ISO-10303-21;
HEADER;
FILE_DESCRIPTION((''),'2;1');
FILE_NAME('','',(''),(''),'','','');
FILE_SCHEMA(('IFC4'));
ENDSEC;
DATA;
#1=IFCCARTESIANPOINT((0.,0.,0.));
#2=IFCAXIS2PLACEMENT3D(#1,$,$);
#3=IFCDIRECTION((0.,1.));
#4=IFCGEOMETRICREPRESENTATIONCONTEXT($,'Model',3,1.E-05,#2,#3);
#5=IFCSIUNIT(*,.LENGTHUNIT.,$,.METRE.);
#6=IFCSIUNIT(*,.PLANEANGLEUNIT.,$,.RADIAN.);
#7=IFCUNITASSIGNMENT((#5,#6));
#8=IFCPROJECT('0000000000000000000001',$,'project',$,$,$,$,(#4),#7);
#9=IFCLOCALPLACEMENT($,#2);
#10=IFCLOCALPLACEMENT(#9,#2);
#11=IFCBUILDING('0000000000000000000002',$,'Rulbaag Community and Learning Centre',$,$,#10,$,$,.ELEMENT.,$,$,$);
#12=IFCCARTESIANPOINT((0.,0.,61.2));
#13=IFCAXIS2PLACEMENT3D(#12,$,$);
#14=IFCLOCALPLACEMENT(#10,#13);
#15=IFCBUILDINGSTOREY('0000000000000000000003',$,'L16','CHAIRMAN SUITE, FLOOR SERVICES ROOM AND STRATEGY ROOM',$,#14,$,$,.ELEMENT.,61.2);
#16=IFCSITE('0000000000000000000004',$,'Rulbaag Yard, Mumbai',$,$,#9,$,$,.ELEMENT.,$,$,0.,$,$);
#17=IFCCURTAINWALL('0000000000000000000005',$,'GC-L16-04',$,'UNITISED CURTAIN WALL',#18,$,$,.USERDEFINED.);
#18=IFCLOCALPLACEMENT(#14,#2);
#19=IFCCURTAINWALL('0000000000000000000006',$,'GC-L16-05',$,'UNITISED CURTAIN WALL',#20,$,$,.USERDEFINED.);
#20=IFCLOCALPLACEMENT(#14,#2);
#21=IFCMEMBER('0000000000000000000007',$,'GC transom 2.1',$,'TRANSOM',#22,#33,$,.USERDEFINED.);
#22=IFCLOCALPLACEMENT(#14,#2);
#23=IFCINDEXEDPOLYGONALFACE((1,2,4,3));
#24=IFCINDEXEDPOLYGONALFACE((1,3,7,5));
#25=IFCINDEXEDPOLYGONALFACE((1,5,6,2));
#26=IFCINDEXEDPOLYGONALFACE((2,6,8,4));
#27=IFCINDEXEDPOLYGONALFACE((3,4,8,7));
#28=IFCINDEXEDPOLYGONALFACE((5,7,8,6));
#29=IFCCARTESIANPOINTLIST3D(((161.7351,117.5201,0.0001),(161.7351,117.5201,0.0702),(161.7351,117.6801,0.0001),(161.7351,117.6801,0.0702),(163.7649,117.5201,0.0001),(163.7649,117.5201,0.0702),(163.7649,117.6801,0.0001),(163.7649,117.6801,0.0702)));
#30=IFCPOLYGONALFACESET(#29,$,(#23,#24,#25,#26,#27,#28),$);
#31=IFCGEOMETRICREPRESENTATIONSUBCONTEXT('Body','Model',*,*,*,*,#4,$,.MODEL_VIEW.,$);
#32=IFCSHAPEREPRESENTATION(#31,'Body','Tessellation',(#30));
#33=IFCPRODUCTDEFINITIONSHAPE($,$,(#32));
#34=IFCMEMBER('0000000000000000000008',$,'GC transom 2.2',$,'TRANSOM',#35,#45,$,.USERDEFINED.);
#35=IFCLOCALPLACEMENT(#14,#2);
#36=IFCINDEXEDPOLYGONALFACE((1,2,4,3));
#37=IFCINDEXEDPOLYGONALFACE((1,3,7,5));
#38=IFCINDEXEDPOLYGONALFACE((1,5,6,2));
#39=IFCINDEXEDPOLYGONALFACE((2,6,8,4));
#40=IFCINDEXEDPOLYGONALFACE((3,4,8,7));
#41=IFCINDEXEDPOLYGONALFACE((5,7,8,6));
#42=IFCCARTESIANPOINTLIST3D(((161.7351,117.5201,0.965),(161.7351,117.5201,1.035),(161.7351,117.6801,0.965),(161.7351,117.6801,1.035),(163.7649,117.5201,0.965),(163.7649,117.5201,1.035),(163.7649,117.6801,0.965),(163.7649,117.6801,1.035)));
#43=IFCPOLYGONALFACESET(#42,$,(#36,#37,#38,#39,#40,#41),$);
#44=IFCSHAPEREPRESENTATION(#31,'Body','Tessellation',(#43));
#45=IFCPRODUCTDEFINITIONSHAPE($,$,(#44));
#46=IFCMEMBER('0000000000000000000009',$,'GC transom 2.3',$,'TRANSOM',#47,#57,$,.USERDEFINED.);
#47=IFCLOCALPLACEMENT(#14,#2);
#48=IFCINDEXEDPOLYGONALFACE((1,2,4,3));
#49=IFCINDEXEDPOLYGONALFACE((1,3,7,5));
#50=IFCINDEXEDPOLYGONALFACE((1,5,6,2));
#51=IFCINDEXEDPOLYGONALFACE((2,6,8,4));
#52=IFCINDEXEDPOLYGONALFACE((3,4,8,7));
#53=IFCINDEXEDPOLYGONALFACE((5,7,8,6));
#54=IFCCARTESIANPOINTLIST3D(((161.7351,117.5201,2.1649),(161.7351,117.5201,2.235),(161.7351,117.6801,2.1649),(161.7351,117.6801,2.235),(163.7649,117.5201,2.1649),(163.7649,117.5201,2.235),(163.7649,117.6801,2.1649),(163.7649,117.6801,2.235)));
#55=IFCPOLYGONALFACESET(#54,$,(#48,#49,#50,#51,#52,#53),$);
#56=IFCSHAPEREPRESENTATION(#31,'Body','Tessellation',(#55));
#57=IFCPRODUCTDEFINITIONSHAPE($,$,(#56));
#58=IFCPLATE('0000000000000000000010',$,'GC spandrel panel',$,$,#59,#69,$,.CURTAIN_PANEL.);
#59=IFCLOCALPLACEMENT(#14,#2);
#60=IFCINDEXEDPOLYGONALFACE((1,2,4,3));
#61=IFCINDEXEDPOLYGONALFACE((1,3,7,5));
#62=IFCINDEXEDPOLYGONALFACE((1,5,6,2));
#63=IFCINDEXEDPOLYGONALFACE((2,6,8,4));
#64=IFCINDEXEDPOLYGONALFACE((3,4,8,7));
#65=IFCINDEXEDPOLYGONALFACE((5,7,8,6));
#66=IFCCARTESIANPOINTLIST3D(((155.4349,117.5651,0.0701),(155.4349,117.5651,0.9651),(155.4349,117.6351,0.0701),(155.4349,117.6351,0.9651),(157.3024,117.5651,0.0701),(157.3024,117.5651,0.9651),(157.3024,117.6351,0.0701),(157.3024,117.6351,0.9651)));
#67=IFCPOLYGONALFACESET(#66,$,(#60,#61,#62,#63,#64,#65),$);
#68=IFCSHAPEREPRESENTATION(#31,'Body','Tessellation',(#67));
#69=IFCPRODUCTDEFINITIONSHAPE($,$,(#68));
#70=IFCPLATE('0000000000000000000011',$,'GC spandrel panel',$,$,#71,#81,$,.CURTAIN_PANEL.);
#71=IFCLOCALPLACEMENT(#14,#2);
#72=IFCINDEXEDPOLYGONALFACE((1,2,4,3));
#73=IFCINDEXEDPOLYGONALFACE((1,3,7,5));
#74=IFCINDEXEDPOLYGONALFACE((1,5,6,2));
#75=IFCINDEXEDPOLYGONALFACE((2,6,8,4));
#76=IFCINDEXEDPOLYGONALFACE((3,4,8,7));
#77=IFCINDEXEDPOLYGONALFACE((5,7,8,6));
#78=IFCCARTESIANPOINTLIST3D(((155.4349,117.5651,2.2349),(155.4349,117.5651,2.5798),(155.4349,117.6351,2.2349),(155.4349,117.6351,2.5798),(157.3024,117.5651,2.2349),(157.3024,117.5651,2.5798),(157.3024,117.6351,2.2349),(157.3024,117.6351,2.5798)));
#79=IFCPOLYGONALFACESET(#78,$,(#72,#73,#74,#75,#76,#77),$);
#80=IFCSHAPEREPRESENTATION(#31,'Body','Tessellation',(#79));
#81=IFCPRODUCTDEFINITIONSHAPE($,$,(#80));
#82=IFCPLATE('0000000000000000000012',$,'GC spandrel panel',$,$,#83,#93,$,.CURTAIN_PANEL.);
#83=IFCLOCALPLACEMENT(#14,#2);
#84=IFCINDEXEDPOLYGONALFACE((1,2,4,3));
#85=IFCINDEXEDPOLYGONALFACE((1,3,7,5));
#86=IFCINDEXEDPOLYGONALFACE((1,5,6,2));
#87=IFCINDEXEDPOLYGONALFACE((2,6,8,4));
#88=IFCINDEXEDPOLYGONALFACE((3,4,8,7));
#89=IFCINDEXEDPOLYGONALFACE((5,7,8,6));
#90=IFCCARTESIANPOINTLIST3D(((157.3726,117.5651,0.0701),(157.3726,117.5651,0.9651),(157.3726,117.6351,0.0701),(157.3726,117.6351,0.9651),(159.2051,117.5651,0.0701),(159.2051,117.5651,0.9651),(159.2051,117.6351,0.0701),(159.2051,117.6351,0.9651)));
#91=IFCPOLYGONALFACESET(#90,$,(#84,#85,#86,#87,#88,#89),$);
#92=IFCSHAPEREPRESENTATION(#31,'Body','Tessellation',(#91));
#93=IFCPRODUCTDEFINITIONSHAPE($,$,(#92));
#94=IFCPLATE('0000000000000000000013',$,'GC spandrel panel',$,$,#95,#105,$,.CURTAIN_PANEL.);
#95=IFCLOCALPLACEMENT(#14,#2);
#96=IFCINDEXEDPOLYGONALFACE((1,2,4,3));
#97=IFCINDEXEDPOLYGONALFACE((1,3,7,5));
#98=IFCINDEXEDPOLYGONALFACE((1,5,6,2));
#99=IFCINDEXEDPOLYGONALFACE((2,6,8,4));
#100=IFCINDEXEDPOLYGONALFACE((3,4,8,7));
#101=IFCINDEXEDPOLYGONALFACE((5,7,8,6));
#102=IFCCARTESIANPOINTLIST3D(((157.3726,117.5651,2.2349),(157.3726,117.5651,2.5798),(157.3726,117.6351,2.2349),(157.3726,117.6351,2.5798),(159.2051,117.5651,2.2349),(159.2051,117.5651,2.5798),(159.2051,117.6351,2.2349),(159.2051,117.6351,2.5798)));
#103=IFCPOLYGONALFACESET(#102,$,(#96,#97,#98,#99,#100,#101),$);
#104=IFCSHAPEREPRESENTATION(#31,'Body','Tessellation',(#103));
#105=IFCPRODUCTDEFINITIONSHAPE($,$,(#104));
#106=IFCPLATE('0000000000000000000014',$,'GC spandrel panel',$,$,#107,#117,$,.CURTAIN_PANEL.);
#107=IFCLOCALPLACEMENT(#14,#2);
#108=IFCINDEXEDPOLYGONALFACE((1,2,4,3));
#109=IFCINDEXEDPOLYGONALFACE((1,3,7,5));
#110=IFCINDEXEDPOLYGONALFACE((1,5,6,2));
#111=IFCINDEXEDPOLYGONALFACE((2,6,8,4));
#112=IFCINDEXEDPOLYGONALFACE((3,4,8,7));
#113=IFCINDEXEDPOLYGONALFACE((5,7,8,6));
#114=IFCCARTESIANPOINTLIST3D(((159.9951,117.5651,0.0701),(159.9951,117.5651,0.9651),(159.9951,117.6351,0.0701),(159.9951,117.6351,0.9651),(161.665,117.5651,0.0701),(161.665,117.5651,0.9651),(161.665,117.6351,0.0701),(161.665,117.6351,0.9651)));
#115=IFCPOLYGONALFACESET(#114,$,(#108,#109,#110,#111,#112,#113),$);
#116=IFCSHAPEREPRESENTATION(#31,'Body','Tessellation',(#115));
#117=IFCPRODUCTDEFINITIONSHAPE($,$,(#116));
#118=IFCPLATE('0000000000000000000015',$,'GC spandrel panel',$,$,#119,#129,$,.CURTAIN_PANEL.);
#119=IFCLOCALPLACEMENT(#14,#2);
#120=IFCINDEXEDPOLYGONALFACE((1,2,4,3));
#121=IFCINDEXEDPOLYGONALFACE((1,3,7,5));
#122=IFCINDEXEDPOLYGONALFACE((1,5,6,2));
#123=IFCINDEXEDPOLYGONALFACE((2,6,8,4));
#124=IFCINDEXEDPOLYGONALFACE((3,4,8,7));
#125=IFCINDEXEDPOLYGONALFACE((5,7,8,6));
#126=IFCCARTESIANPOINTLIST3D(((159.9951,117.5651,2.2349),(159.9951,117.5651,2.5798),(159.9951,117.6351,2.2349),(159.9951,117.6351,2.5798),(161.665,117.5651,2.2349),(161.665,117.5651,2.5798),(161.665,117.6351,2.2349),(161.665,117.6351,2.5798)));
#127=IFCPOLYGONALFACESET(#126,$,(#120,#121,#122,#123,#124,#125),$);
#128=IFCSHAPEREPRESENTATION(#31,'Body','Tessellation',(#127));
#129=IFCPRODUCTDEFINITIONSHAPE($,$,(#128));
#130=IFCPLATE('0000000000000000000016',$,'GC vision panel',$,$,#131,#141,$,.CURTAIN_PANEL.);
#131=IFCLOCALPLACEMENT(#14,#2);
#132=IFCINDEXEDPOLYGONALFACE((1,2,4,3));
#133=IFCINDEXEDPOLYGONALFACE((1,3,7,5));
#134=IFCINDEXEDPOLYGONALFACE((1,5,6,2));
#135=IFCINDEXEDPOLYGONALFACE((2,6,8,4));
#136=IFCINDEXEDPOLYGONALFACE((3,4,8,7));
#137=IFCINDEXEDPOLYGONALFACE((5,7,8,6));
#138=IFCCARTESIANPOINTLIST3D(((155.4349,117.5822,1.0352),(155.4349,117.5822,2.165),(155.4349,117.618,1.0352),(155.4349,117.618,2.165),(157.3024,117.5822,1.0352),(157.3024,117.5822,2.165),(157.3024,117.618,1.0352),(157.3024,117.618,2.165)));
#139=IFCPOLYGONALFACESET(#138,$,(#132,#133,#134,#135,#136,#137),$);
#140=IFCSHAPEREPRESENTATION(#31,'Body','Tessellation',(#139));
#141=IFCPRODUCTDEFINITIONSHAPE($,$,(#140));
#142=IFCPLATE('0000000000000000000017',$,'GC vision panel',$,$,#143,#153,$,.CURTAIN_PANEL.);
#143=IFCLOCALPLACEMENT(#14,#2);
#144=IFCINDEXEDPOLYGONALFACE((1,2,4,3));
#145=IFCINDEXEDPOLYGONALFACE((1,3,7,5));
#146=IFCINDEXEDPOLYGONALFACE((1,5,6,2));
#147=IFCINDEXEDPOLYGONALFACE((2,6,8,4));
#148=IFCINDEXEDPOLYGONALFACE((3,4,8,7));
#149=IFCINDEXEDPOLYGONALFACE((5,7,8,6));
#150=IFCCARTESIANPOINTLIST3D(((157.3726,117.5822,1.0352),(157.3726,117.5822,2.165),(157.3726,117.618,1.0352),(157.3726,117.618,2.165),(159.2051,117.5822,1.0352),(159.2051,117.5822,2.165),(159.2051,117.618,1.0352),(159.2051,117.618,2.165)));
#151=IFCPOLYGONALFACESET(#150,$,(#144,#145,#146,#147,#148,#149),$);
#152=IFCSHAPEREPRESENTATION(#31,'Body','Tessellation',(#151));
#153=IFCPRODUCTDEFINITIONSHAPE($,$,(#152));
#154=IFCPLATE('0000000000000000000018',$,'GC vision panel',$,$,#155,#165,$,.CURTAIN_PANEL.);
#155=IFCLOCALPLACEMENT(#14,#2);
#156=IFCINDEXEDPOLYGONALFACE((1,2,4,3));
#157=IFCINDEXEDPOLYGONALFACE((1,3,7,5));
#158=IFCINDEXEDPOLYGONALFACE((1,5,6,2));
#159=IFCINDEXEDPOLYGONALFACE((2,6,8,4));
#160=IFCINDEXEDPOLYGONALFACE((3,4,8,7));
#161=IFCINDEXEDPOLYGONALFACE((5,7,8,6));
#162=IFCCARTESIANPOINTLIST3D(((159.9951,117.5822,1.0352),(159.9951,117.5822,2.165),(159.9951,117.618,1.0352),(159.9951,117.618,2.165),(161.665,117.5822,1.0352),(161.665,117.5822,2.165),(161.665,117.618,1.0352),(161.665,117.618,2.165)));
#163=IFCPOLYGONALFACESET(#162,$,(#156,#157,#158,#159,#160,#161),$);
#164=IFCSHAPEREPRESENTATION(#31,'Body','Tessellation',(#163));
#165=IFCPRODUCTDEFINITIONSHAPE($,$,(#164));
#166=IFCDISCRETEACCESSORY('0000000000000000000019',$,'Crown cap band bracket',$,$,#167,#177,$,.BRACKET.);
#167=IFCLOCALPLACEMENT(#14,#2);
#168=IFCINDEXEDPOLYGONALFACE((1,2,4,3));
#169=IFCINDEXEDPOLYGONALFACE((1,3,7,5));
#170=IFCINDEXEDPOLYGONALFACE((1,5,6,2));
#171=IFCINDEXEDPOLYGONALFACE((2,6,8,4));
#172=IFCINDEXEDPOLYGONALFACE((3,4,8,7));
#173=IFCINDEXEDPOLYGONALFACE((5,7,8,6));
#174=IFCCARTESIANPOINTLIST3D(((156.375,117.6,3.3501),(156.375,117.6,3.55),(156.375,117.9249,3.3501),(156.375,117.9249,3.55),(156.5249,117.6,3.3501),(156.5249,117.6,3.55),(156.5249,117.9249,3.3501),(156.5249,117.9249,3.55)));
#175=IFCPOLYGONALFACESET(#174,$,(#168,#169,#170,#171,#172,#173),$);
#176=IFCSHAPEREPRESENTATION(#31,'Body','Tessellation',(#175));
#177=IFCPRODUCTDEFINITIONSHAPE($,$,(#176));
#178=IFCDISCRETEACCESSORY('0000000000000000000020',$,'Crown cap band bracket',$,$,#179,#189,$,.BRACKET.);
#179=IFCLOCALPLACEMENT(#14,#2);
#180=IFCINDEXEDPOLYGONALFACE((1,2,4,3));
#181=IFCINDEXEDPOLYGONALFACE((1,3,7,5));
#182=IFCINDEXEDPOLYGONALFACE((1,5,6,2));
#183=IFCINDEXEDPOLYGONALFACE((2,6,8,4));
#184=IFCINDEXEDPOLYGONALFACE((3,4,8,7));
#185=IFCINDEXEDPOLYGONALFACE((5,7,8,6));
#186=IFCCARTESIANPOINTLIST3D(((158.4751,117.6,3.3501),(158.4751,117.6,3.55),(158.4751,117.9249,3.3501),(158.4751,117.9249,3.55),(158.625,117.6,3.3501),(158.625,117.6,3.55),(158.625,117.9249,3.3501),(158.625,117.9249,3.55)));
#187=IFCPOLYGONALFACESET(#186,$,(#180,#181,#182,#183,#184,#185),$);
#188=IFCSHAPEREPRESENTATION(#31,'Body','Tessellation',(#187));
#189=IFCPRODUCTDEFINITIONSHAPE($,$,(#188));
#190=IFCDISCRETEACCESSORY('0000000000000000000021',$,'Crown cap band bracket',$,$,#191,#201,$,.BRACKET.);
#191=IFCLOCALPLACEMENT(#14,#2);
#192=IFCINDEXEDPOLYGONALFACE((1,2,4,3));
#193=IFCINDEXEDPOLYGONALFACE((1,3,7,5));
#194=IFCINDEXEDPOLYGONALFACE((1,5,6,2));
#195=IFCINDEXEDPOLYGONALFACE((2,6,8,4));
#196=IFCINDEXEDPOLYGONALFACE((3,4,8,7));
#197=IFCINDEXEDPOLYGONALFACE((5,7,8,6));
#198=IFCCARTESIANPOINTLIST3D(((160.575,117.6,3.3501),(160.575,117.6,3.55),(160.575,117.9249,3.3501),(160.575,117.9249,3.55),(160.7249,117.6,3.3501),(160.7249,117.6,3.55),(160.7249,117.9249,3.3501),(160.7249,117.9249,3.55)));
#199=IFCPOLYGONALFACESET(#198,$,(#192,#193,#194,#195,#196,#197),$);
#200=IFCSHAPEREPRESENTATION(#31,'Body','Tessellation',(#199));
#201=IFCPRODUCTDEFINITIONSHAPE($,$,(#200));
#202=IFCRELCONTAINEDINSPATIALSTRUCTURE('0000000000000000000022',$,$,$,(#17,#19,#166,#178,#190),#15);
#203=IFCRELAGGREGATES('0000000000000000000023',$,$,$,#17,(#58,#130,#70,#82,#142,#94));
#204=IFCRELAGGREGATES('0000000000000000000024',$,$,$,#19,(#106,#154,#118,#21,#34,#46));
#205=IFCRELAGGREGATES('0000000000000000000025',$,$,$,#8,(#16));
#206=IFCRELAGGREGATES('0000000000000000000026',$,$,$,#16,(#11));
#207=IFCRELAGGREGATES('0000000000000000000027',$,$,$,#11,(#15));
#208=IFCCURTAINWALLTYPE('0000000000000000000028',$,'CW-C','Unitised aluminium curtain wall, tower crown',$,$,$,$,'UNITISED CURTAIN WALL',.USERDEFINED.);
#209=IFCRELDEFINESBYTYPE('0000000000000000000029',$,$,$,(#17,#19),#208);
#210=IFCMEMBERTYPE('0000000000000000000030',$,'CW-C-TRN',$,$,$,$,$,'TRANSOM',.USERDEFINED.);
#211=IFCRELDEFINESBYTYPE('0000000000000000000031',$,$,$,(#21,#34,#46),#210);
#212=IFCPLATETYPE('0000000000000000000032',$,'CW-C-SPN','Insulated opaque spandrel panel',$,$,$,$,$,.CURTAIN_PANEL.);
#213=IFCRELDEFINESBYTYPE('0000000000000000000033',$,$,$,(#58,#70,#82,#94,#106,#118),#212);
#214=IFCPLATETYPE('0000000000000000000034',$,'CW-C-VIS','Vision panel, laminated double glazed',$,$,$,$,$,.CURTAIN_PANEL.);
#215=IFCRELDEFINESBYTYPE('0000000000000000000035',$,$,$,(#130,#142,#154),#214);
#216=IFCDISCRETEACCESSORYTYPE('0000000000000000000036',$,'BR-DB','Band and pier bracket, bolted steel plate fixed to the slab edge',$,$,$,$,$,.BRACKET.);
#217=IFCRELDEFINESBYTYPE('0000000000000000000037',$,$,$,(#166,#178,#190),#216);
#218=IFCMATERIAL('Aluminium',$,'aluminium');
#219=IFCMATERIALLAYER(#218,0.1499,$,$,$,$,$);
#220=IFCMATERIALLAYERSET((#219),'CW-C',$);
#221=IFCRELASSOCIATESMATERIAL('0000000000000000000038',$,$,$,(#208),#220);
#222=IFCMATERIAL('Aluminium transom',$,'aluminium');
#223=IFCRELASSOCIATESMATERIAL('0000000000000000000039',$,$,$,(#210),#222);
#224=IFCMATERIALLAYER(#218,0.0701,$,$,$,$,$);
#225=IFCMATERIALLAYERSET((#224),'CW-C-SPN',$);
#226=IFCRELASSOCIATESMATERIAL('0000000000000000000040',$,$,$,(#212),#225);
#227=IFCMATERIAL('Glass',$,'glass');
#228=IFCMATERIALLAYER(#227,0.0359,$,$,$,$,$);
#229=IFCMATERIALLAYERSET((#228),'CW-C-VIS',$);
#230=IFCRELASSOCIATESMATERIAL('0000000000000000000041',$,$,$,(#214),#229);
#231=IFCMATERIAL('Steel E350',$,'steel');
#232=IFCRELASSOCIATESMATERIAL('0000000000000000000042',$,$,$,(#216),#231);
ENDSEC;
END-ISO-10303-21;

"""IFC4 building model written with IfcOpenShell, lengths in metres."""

from ifc_helpers import new_model, si_unit, direction, frame, origin, origin_2d, place, context, subcontext, project, spatial, rectangle, extrude, material, layer, layer_set, material_profile, profile_set, type_object, element, aggregate, save


model = new_model("IFC4")

# Units and contexts
model_context = context("Model", 3, precision=1e-05, world=origin(), true_north=direction((0.0, 1.0)))
body_context = subcontext(model_context, "Body", "Model", "MODEL_VIEW")
ifc_project = project(units=[si_unit("LENGTHUNIT", "METRE"), si_unit("PLANEANGLEUNIT", "RADIAN")], contexts=[model_context])

# Site, building, storey
site_placement = place(None, origin())
site = spatial("IfcSite", under=ifc_project, at=site_placement, Name="Rulbaag Yard, Mumbai", CompositionType="ELEMENT", RefElevation=0.0)
building_placement = place(site_placement, origin())
building = spatial("IfcBuilding", under=site, at=building_placement, Name="Rulbaag Community and Learning Centre", CompositionType="ELEMENT")
storey_placement = place(building_placement, frame((0.0, 0.0, 61.2)))
storey = spatial("IfcBuildingStorey", under=building, at=storey_placement, Name="L16", Description="CHAIRMAN SUITE, FLOOR SERVICES ROOM AND STRATEGY ROOM", CompositionType="ELEMENT", Elevation=61.2)

# Curtain walls
ifc_material_1 = material(Name="Aluminium", Category="aluminium")
ifc_layer_1 = layer(ifc_material_1, 0.1499)
ifc_layer_set_1 = layer_set([ifc_layer_1], Name="CW-C")
curtain_wall_type = type_object("IfcCurtainWallType", Name="CW-C", Description="Unitised aluminium curtain wall, tower crown", ElementType="UNITISED CURTAIN WALL", PredefinedType="USERDEFINED", material=ifc_layer_set_1)
curtain_wall_1_placement = place(storey_placement, origin())
curtain_wall_1 = element("IfcCurtainWall", 1, at=curtain_wall_1_placement, inside=storey, type_object=curtain_wall_type, Name="GC-L16-04", ObjectType="UNITISED CURTAIN WALL", PredefinedType="USERDEFINED")
curtain_wall_2_placement = place(storey_placement, origin())
curtain_wall_2 = element("IfcCurtainWall", 2, at=curtain_wall_2_placement, inside=storey, type_object=curtain_wall_type, Name="GC-L16-05", ObjectType="UNITISED CURTAIN WALL", PredefinedType="USERDEFINED")

# Members
ifc_material_2 = material(Name="Aluminium transom", Category="aluminium")
ifc_material_profile_1 = material_profile(ifc_material_2, rectangle(XDim=0.1599, YDim=0.0701, at=origin_2d()), Name="AL 70x160 T")
ifc_profile_set_1 = profile_set([ifc_material_profile_1], Name="Aluminium transom")
member_type_1 = type_object("IfcMemberType", Name="CW-C-TRN", ElementType="TRANSOM", PredefinedType="USERDEFINED", material=ifc_profile_set_1)
member_1_placement = place(storey_placement, frame((161.7351, 117.6001, 0.0352), z_axis=(1.0, 0.0, 0.0), x_axis=(0.0, 1.0, 0.0)))
member_1 = element("IfcMember", 3, at=member_1_placement, type_object=member_type_1, Name="GC transom 2.1", ObjectType="TRANSOM", PredefinedType="USERDEFINED", context=body_context, shape_type="SweptSolid", body=[
    extrude(rectangle(XDim=0.1599, YDim=0.0701, at=origin_2d()), origin(), (0.0, 0.0, 1.0), 2.0298),
])
member_2_placement = place(storey_placement, frame((161.7351, 117.6001, 1.0), z_axis=(1.0, 0.0, 0.0), x_axis=(0.0, 1.0, 0.0)))
member_2 = element("IfcMember", 4, at=member_2_placement, type_object=member_type_1, Name="GC transom 2.2", ObjectType="TRANSOM", PredefinedType="USERDEFINED", context=body_context, shape_type="SweptSolid", body=[
    extrude(rectangle(XDim=0.1599, YDim=0.0701, at=origin_2d()), origin(), (0.0, 0.0, 1.0), 2.0298),
])
member_3_placement = place(storey_placement, frame((161.7351, 117.6001, 2.2), z_axis=(1.0, 0.0, 0.0), x_axis=(0.0, 1.0, 0.0)))
member_3 = element("IfcMember", 5, at=member_3_placement, type_object=member_type_1, Name="GC transom 2.3", ObjectType="TRANSOM", PredefinedType="USERDEFINED", context=body_context, shape_type="SweptSolid", body=[
    extrude(rectangle(XDim=0.1599, YDim=0.0701, at=origin_2d()), origin(), (0.0, 0.0, 1.0), 2.0298),
])

# Plates
ifc_layer_2 = layer(ifc_material_1, 0.0701)
ifc_layer_set_2 = layer_set([ifc_layer_2], Name="CW-C-SPN")
plate_type_1 = type_object("IfcPlateType", Name="CW-C-SPN", Description="Insulated opaque spandrel panel", PredefinedType="CURTAIN_PANEL", material=ifc_layer_set_2)
plate_1_placement = place(storey_placement, frame((156.3687, 117.6001, 0.0701), z_axis=(0.0, 0.0, 1.0), x_axis=(1.0, 0.0, 0.0)))
plate_1 = element("IfcPlate", 6, at=plate_1_placement, type_object=plate_type_1, Name="GC spandrel panel", PredefinedType="CURTAIN_PANEL", context=body_context, shape_type="SweptSolid", body=[
    extrude(rectangle(XDim=1.8674, YDim=0.0701, at=origin_2d()), origin(), (0.0, 0.0, 1.0), 0.895),
])
plate_2_placement = place(storey_placement, frame((156.3687, 117.6001, 2.2349), z_axis=(0.0, 0.0, 1.0), x_axis=(1.0, 0.0, 0.0)))
plate_2 = element("IfcPlate", 7, at=plate_2_placement, type_object=plate_type_1, Name="GC spandrel panel", PredefinedType="CURTAIN_PANEL", context=body_context, shape_type="SweptSolid", body=[
    extrude(rectangle(XDim=1.8674, YDim=0.0701, at=origin_2d()), origin(), (0.0, 0.0, 1.0), 0.345),
])
plate_3_placement = place(storey_placement, frame((158.2888, 117.6001, 0.0701), z_axis=(0.0, 0.0, 1.0), x_axis=(1.0, 0.0, 0.0)))
plate_3 = element("IfcPlate", 8, at=plate_3_placement, type_object=plate_type_1, Name="GC spandrel panel", PredefinedType="CURTAIN_PANEL", context=body_context, shape_type="SweptSolid", body=[
    extrude(rectangle(XDim=1.8325, YDim=0.0701, at=origin_2d()), origin(), (0.0, 0.0, 1.0), 0.895),
])
plate_4_placement = place(storey_placement, frame((158.2888, 117.6001, 2.2349), z_axis=(0.0, 0.0, 1.0), x_axis=(1.0, 0.0, 0.0)))
plate_4 = element("IfcPlate", 9, at=plate_4_placement, type_object=plate_type_1, Name="GC spandrel panel", PredefinedType="CURTAIN_PANEL", context=body_context, shape_type="SweptSolid", body=[
    extrude(rectangle(XDim=1.8325, YDim=0.0701, at=origin_2d()), origin(), (0.0, 0.0, 1.0), 0.345),
])
plate_5_placement = place(storey_placement, frame((160.8301, 117.6001, 0.0701), z_axis=(0.0, 0.0, 1.0), x_axis=(1.0, 0.0, 0.0)))
plate_5 = element("IfcPlate", 10, at=plate_5_placement, type_object=plate_type_1, Name="GC spandrel panel", PredefinedType="CURTAIN_PANEL", context=body_context, shape_type="SweptSolid", body=[
    extrude(rectangle(XDim=1.6699, YDim=0.0701, at=origin_2d()), origin(), (0.0, 0.0, 1.0), 0.895),
])
plate_6_placement = place(storey_placement, frame((160.8301, 117.6001, 2.2349), z_axis=(0.0, 0.0, 1.0), x_axis=(1.0, 0.0, 0.0)))
plate_6 = element("IfcPlate", 11, at=plate_6_placement, type_object=plate_type_1, Name="GC spandrel panel", PredefinedType="CURTAIN_PANEL", context=body_context, shape_type="SweptSolid", body=[
    extrude(rectangle(XDim=1.6699, YDim=0.0701, at=origin_2d()), origin(), (0.0, 0.0, 1.0), 0.345),
])
ifc_material_3 = material(Name="Glass", Category="glass")
ifc_layer_3 = layer(ifc_material_3, 0.0359)
ifc_layer_set_3 = layer_set([ifc_layer_3], Name="CW-C-VIS")
plate_type_2 = type_object("IfcPlateType", Name="CW-C-VIS", Description="Vision panel, laminated double glazed", PredefinedType="CURTAIN_PANEL", material=ifc_layer_set_3)
plate_7_placement = place(storey_placement, frame((156.3687, 117.6001, 1.0352), z_axis=(0.0, 0.0, 1.0), x_axis=(1.0, 0.0, 0.0)))
plate_7 = element("IfcPlate", 12, at=plate_7_placement, type_object=plate_type_2, Name="GC vision panel", PredefinedType="CURTAIN_PANEL", context=body_context, shape_type="SweptSolid", body=[
    extrude(rectangle(XDim=1.8674, YDim=0.0359, at=origin_2d()), origin(), (0.0, 0.0, 1.0), 1.1299),
])
plate_8_placement = place(storey_placement, frame((158.2888, 117.6001, 1.0352), z_axis=(0.0, 0.0, 1.0), x_axis=(1.0, 0.0, 0.0)))
plate_8 = element("IfcPlate", 13, at=plate_8_placement, type_object=plate_type_2, Name="GC vision panel", PredefinedType="CURTAIN_PANEL", context=body_context, shape_type="SweptSolid", body=[
    extrude(rectangle(XDim=1.8325, YDim=0.0359, at=origin_2d()), origin(), (0.0, 0.0, 1.0), 1.1299),
])
aggregate(curtain_wall_1, [plate_1, plate_7, plate_2, plate_3, plate_8, plate_4])
plate_9_placement = place(storey_placement, frame((160.8301, 117.6001, 1.0352), z_axis=(0.0, 0.0, 1.0), x_axis=(1.0, 0.0, 0.0)))
plate_9 = element("IfcPlate", 14, at=plate_9_placement, type_object=plate_type_2, Name="GC vision panel", PredefinedType="CURTAIN_PANEL", context=body_context, shape_type="SweptSolid", body=[
    extrude(rectangle(XDim=1.6699, YDim=0.0359, at=origin_2d()), origin(), (0.0, 0.0, 1.0), 1.1299),
])
aggregate(curtain_wall_2, [plate_5, plate_9, plate_6, member_1, member_2, member_3])

# Discrete accessories
ifc_material_4 = material(Name="Steel E350", Category="steel")
discrete_accessory_type_1 = type_object("IfcDiscreteAccessoryType", Name="BR-DB", Description="Band and pier bracket, bolted steel plate fixed to the slab edge", PredefinedType="BRACKET", material=ifc_material_4)
for number, where, z_axis, x_axis, name in (
    (15, (156.45, 117.7625, 3.3501), (0.0, 0.0, 1.0), (1.0, 0.0, 0.0), "Crown cap band bracket"),
    (16, (158.55, 117.7625, 3.3501), (0.0, 0.0, 1.0), (1.0, 0.0, 0.0), "Crown cap band bracket"),
    (17, (160.6499, 117.7625, 3.3501), (0.0, 0.0, 1.0), (1.0, 0.0, 0.0), "Crown cap band bracket"),
):
    element("IfcDiscreteAccessory", number, at=place(storey_placement, frame(where, z_axis=z_axis, x_axis=x_axis)), inside=storey, type_object=discrete_accessory_type_1, Name=name, PredefinedType="BRACKET", context=body_context, shape_type="SweptSolid", body=[
        extrude(rectangle(XDim=0.1499, YDim=0.325, at=origin_2d()), origin(), (0.0, 0.0, 1.0), 0.2),
    ])

save(model, "model.ifc")
